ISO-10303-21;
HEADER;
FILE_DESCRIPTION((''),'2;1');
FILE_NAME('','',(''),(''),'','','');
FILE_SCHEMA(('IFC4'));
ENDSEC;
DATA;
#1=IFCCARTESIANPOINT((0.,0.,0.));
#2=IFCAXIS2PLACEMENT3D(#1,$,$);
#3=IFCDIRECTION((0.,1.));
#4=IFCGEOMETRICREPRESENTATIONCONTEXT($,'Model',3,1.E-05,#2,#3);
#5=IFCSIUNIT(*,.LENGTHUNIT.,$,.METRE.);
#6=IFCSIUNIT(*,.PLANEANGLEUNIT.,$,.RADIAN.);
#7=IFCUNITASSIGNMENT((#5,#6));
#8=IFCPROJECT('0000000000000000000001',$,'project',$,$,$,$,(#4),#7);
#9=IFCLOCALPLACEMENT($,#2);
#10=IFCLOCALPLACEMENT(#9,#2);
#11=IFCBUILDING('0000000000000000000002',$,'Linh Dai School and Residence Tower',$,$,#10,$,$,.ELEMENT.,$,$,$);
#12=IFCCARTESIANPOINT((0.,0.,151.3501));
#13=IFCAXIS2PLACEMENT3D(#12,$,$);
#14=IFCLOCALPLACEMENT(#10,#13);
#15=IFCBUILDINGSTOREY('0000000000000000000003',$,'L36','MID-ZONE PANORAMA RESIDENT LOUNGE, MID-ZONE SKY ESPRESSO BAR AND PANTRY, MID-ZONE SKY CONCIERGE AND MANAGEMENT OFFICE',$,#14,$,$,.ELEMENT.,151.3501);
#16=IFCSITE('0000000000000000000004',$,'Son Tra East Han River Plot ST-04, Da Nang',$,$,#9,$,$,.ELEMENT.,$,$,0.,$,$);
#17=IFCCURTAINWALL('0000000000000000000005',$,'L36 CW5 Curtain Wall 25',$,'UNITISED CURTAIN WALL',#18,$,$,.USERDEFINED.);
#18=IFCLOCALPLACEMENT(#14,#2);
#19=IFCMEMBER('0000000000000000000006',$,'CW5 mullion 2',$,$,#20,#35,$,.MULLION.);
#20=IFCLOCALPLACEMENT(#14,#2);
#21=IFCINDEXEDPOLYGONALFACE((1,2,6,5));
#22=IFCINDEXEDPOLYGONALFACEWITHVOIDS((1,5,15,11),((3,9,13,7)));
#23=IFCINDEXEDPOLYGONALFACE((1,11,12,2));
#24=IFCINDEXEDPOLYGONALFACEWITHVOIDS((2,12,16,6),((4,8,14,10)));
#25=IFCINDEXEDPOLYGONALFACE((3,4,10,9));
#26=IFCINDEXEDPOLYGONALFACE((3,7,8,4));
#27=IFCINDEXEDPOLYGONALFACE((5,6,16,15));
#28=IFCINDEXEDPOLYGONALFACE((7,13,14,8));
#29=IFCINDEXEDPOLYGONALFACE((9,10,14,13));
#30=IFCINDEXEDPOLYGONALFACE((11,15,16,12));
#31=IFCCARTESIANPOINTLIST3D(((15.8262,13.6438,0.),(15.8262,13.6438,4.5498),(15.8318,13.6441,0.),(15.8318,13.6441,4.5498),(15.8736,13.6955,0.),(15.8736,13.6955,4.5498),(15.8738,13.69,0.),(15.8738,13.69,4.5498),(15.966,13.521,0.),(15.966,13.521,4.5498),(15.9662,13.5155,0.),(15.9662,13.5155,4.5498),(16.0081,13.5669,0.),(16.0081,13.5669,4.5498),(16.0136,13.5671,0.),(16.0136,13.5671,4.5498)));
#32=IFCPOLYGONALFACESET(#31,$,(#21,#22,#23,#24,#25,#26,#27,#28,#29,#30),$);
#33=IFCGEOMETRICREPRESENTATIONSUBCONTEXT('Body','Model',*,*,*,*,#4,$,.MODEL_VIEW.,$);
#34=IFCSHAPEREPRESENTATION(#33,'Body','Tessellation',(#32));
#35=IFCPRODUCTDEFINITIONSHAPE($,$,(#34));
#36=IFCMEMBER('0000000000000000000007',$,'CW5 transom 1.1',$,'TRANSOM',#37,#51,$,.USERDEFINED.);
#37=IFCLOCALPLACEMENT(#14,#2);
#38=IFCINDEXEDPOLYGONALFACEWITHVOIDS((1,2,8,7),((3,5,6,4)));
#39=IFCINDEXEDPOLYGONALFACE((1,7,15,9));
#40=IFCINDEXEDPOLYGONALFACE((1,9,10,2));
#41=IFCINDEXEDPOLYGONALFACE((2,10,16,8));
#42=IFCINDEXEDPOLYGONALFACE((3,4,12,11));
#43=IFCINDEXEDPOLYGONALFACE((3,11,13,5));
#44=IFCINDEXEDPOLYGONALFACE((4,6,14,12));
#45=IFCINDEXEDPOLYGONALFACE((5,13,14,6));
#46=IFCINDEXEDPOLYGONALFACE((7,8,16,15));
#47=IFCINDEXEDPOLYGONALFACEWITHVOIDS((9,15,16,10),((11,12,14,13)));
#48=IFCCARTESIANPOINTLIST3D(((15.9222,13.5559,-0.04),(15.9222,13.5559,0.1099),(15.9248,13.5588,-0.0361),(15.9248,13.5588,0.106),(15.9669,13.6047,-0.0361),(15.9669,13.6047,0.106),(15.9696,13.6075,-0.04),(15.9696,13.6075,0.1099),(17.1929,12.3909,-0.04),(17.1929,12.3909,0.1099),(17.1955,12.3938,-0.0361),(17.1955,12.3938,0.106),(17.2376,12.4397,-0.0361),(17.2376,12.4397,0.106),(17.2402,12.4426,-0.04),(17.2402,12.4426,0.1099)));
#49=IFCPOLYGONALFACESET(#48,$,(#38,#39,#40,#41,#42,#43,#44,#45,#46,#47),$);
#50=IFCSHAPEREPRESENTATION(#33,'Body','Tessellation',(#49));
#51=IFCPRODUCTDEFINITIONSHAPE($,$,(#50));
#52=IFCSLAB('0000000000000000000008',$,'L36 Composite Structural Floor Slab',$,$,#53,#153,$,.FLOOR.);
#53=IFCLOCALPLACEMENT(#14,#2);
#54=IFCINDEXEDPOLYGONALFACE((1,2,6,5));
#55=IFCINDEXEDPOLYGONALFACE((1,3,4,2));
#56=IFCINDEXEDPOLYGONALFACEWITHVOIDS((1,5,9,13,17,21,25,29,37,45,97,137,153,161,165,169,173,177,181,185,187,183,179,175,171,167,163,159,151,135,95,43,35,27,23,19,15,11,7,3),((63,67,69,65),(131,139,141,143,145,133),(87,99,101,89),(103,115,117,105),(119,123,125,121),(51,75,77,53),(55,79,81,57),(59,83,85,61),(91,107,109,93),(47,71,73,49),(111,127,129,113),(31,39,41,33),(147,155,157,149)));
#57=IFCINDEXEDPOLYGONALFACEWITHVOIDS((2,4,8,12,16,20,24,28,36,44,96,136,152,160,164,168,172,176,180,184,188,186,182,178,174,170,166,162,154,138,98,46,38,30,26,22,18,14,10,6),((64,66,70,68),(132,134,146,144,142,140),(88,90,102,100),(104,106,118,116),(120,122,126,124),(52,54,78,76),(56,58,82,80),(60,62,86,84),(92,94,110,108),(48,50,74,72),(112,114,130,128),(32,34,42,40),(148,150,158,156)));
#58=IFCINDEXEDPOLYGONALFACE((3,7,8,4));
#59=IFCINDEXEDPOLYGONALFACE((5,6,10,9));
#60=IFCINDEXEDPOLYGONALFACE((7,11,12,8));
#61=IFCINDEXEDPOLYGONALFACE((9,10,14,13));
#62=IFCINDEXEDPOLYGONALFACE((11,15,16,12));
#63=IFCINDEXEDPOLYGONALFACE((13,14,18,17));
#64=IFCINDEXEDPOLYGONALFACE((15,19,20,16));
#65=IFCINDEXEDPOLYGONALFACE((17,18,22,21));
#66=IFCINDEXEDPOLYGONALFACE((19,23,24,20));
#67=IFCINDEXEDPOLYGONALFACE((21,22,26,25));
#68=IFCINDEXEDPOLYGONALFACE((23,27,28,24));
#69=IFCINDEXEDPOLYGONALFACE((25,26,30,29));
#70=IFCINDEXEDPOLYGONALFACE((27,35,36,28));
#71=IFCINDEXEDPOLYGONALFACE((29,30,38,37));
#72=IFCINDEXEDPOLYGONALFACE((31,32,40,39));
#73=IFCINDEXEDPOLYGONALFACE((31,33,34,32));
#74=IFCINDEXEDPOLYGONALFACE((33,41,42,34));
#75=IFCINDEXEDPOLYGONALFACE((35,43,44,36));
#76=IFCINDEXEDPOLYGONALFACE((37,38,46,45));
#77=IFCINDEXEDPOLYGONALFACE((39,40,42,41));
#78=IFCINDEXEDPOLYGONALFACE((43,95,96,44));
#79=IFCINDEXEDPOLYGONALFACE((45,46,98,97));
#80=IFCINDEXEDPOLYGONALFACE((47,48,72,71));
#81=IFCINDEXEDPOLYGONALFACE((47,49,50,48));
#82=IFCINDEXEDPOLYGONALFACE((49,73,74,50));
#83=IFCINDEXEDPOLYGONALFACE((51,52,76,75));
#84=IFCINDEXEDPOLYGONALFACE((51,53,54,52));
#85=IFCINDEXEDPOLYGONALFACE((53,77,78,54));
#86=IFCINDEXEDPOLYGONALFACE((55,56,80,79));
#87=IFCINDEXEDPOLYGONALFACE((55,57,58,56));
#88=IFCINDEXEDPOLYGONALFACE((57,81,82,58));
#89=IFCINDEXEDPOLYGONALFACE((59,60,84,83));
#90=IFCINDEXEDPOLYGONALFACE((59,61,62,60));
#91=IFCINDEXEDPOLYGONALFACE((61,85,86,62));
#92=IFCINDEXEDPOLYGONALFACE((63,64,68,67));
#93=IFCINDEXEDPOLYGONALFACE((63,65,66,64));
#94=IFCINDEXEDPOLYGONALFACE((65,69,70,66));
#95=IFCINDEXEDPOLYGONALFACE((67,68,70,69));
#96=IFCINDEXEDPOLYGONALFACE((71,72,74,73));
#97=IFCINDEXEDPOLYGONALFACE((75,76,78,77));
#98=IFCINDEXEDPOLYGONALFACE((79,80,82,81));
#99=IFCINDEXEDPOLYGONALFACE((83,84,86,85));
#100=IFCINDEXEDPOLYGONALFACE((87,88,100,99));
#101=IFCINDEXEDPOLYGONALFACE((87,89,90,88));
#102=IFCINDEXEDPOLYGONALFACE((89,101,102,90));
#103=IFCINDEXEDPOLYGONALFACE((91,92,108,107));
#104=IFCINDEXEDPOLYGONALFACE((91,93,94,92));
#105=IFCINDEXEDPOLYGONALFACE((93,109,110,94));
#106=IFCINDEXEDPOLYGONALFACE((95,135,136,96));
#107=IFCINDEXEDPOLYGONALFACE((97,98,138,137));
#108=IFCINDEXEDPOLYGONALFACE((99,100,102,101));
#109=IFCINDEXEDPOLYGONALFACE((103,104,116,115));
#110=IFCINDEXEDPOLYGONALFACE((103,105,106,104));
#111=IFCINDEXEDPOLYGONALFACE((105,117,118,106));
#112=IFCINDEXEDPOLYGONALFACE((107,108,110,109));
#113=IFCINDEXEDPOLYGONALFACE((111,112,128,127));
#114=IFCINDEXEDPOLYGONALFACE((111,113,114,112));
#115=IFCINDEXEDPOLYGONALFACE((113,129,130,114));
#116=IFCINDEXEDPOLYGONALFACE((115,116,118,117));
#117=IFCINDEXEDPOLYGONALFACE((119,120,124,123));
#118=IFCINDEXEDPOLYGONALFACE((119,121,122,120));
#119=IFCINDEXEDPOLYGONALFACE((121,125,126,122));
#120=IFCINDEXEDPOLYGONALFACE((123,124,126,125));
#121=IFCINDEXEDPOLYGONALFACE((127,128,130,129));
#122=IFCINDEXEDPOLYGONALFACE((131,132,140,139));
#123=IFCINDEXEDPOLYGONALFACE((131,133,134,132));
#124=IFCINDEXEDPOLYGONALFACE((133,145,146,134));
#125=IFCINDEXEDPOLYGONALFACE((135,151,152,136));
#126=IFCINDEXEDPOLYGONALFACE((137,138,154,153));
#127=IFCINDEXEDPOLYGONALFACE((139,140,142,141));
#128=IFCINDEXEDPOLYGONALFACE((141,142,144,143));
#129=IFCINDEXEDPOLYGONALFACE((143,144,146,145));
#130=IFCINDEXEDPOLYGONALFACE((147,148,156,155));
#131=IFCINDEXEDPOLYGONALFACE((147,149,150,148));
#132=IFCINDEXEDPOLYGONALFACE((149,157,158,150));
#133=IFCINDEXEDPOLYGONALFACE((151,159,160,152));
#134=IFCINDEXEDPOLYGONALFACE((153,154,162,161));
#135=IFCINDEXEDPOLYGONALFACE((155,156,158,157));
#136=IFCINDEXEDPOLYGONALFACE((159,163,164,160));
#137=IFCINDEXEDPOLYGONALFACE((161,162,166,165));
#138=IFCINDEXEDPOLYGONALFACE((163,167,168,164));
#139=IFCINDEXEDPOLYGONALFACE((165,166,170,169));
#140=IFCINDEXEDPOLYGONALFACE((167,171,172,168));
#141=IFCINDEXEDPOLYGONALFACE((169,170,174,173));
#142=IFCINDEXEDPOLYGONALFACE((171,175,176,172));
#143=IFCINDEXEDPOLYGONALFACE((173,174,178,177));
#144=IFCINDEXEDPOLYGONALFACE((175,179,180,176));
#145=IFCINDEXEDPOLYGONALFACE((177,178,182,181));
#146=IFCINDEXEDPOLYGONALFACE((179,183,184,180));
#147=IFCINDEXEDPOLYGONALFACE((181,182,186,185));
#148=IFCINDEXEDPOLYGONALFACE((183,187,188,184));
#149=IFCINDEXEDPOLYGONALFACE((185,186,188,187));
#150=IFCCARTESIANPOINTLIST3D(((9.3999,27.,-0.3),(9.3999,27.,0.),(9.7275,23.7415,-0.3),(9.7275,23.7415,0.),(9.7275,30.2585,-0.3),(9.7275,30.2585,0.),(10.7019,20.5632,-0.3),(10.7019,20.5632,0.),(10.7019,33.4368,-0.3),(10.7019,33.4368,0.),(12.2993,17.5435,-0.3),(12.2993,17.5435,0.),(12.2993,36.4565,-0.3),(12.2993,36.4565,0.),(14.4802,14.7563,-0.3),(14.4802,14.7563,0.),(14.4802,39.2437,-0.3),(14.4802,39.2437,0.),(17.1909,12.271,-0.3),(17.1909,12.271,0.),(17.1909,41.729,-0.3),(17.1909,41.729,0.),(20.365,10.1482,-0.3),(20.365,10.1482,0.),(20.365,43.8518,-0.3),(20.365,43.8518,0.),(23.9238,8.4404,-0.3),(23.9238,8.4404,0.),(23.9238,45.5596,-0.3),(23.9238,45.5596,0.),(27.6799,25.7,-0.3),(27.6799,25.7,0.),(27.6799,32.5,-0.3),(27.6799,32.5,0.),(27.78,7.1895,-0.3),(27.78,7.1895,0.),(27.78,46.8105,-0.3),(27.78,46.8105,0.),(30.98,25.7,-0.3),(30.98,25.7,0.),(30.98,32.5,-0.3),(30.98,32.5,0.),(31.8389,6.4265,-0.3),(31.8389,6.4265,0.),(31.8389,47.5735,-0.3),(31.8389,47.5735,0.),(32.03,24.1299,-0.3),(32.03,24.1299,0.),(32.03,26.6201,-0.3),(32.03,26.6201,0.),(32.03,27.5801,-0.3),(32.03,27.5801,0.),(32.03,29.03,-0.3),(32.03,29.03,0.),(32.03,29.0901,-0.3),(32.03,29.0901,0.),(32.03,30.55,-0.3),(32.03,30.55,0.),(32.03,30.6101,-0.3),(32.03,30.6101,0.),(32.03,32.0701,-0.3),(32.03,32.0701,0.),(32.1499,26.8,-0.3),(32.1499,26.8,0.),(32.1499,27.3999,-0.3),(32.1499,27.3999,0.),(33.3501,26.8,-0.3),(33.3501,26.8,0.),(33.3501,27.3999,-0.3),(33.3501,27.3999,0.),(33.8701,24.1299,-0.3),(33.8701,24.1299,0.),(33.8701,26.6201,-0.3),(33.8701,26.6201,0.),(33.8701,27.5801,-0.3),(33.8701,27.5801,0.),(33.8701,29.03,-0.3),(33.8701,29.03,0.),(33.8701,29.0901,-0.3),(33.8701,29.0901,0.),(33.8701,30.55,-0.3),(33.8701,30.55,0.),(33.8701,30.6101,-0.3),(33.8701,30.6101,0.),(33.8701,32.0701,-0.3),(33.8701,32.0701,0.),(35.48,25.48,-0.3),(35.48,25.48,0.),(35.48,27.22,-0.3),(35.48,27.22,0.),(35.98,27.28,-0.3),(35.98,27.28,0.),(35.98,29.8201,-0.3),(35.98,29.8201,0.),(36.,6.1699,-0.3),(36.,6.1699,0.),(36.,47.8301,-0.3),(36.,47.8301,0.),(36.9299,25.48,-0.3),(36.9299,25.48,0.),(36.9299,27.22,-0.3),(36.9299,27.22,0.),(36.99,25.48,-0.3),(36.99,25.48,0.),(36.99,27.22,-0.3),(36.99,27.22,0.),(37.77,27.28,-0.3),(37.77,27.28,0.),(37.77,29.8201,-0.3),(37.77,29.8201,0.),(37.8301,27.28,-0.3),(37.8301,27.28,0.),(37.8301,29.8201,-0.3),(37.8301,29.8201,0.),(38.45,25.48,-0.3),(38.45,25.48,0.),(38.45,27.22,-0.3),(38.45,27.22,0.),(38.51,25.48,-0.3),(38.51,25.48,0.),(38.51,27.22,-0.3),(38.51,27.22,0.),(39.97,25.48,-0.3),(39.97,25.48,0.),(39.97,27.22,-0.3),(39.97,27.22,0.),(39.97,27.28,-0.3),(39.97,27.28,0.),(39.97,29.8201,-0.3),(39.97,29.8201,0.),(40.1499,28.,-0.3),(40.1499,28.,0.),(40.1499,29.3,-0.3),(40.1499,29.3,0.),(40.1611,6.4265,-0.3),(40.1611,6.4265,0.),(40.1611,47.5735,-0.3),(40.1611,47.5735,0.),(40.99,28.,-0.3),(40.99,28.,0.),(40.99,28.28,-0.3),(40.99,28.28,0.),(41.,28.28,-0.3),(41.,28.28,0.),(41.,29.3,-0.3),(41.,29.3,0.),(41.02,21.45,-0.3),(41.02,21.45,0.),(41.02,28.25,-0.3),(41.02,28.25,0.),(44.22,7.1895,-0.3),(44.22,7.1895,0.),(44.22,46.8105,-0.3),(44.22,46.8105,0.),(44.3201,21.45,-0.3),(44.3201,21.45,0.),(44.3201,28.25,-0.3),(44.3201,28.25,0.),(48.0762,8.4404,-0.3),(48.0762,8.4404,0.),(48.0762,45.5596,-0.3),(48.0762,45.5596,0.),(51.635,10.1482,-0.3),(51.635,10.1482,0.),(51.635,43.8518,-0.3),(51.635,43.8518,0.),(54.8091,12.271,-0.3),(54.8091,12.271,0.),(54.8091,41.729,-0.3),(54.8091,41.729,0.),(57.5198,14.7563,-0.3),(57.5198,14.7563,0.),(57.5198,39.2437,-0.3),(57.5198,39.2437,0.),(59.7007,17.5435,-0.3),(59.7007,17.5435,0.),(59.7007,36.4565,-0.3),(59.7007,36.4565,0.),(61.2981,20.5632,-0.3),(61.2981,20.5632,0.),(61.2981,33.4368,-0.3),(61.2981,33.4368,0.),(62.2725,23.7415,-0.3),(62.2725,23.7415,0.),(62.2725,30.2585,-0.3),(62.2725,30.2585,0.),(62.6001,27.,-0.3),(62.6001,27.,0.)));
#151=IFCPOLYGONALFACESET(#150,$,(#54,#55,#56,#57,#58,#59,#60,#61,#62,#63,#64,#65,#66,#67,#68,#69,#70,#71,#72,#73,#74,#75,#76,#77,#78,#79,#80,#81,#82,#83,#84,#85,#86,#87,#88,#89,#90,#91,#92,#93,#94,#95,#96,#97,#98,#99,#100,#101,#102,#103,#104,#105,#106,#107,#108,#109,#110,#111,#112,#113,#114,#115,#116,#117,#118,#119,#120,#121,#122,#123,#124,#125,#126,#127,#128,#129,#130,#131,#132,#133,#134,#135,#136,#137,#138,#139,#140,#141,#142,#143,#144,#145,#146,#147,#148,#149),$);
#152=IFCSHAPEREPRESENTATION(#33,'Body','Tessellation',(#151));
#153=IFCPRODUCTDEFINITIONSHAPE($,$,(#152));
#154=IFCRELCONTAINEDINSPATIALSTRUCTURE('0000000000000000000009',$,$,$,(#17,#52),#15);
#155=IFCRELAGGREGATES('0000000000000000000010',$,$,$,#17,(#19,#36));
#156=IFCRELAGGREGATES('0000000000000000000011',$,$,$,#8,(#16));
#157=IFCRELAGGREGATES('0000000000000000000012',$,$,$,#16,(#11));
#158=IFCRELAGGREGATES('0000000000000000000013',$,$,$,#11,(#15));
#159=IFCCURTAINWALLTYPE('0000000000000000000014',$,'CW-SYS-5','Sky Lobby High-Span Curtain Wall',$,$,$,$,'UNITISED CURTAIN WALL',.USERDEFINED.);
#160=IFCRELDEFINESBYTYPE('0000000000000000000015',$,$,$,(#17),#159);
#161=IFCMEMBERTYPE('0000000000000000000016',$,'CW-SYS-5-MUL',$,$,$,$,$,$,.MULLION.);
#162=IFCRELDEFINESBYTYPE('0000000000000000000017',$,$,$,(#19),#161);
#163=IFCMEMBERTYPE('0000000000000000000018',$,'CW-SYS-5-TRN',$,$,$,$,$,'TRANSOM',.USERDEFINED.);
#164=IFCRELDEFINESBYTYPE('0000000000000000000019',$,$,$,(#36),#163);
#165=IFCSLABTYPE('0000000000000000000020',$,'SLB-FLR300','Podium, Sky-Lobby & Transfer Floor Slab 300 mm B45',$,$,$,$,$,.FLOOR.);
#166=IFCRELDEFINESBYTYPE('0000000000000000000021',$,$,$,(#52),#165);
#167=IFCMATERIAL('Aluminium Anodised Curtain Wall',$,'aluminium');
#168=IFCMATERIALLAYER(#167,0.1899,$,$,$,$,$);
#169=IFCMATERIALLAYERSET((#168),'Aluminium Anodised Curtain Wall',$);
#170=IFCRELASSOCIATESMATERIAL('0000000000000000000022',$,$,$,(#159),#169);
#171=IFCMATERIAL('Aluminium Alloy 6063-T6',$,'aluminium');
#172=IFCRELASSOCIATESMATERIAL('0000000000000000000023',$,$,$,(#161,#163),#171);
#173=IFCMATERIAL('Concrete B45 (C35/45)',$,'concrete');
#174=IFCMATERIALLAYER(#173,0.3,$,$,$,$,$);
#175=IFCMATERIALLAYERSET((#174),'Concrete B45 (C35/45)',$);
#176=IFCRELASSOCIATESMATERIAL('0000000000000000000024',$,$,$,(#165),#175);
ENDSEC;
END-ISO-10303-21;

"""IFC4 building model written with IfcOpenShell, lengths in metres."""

from ifc_helpers import new_model, si_unit, direction, frame, origin, origin_2d, place, context, subcontext, project, spatial, polyline, hollow_rectangle, outline, extrude, source, transform, mapped, material, layer, layer_set, material_profile, profile_set, type_object, element, aggregate, save


model = new_model("IFC4")

# Units and contexts
model_context = context("Model", 3, precision=1e-05, world=origin(), true_north=direction((0.0, 1.0)))
body_context = subcontext(model_context, "Body", "Model", "MODEL_VIEW")
ifc_project = project(units=[si_unit("LENGTHUNIT", "METRE"), si_unit("PLANEANGLEUNIT", "RADIAN")], contexts=[model_context])

# Site, building, storey
site_placement = place(None, origin())
site = spatial("IfcSite", under=ifc_project, at=site_placement, Name="Son Tra East Han River Plot ST-04, Da Nang", CompositionType="ELEMENT", RefElevation=0.0)
building_placement = place(site_placement, origin())
building = spatial("IfcBuilding", under=site, at=building_placement, Name="Linh Dai School and Residence Tower", CompositionType="ELEMENT")
storey_placement = place(building_placement, frame((0.0, 0.0, 151.3501)))
storey = spatial("IfcBuildingStorey", under=building, at=storey_placement, Name="L36", Description="MID-ZONE PANORAMA RESIDENT LOUNGE, MID-ZONE SKY ESPRESSO BAR AND PANTRY, MID-ZONE SKY CONCIERGE AND MANAGEMENT OFFICE", CompositionType="ELEMENT", Elevation=151.3501)

# Curtain wall, members
ifc_material_1 = material(Name="Aluminium Anodised Curtain Wall", Category="aluminium")
ifc_layer_1 = layer(ifc_material_1, 0.1899)
ifc_layer_set_1 = layer_set([ifc_layer_1], Name="Aluminium Anodised Curtain Wall")
curtain_wall_type = type_object("IfcCurtainWallType", Name="CW-SYS-5", Description="Sky Lobby High-Span Curtain Wall", ElementType="UNITISED CURTAIN WALL", PredefinedType="USERDEFINED", material=ifc_layer_set_1)
curtain_wall_placement = place(storey_placement, origin())
curtain_wall = element("IfcCurtainWall", 1, at=curtain_wall_placement, inside=storey, type_object=curtain_wall_type, Name="L36 CW5 Curtain Wall 25", ObjectType="UNITISED CURTAIN WALL", PredefinedType="USERDEFINED")
ifc_material_2 = material(Name="Aluminium Alloy 6063-T6", Category="aluminium")
ifc_material_profile_1 = material_profile(ifc_material_2, hollow_rectangle(XDim=0.0701, YDim=0.1899, WallThickness=0.0039, at=origin_2d()), Name="RHS 190x70x4")
ifc_profile_set_1 = profile_set([ifc_material_profile_1], Name="Aluminium Alloy 6063-T6")
member_type_1 = type_object("IfcMemberType", Name="CW-SYS-5-MUL", PredefinedType="MULLION", material=ifc_profile_set_1)
shared_shape_1 = source(origin(), body_context, "Body", "SweptSolid", [
    extrude(hollow_rectangle(XDim=0.0701, YDim=0.1899, WallThickness=0.0039, at=origin_2d()), origin(), (0.0, 0.0, 1.0), 4.5498),
])
member_1_placement = place(storey_placement, frame((15.9199, 13.6055, 0.0), z_axis=(0.0, 0.0, 1.0), x_axis=(-0.6758, -0.737085, 0.0)))
member_1 = element("IfcMember", 2, at=member_1_placement, type_object=member_type_1, Name="CW5 mullion 2", PredefinedType="MULLION", context=body_context, shape_type="MappedRepresentation", body=[
    mapped(shared_shape_1, transform((0.0, 0.0, 0.0), x_axis=(1.0, 0.0, 0.0), y_axis=(0.0, 1.0, 0.0), z_axis=(0.0, 0.0, 1.0), scale=1.0)),
])
ifc_material_profile_2 = material_profile(ifc_material_2, hollow_rectangle(XDim=0.0701, YDim=0.1499, WallThickness=0.0039, at=origin_2d()), Name="RHS 150x70x4")
ifc_profile_set_2 = profile_set([ifc_material_profile_2], Name="Aluminium Alloy 6063-T6")
member_type_2 = type_object("IfcMemberType", Name="CW-SYS-5-TRN", ElementType="TRANSOM", PredefinedType="USERDEFINED", material=ifc_profile_set_2)
shared_shape_2 = source(origin(), body_context, "Body", "SweptSolid", [
    extrude(hollow_rectangle(XDim=0.0701, YDim=0.1499, WallThickness=0.0039, at=origin_2d()), origin(), (0.0, 0.0, 1.0), 1.7239),
])
member_2_placement = place(storey_placement, frame((17.2166, 12.4167, 0.0349), z_axis=(-0.737101, 0.675782, 0.0), x_axis=(-0.675782, -0.737101, 0.0)))
member_2 = element("IfcMember", 3, at=member_2_placement, type_object=member_type_2, Name="CW5 transom 1.1", ObjectType="TRANSOM", PredefinedType="USERDEFINED", context=body_context, shape_type="MappedRepresentation", body=[
    mapped(shared_shape_2, transform((0.0, 0.0, 0.0), x_axis=(1.0, 0.0, 0.0), y_axis=(0.0, 1.0, 0.0), z_axis=(0.0, 0.0, 1.0), scale=1.0)),
])

# Slab
ifc_material_3 = material(Name="Concrete B45 (C35/45)", Category="concrete")
ifc_layer_2 = layer(ifc_material_3, 0.3)
ifc_layer_set_2 = layer_set([ifc_layer_2], Name="Concrete B45 (C35/45)")
slab_type_1 = type_object("IfcSlabType", Name="SLB-FLR300", Description="Podium, Sky-Lobby & Transfer Floor Slab 300 mm B45", PredefinedType="FLOOR", material=ifc_layer_set_2)
slab_1_placement = place(storey_placement, frame((0.0, 0.0, -0.3)))
element("IfcSlab", 4, at=slab_1_placement, inside=storey, type_object=slab_type_1, Name="L36 Composite Structural Floor Slab", PredefinedType="FLOOR", context=body_context, shape_type="SweptSolid", body=[
    extrude(outline(polyline([(62.6001, 27.0), (62.2725, 30.2585), (61.2981, 33.4368), (59.7007, 36.4565), (57.5198, 39.2437), (54.8091, 41.729), (51.635, 43.8518), (48.0762, 45.5596), (44.22, 46.8105), (40.1611, 47.5735), (36.0, 47.8301), (31.8389, 47.5735), (27.78, 46.8105), (23.9238, 45.5596), (20.365, 43.8518), (17.1909, 41.729), (14.4802, 39.2437), (12.2993, 36.4565), (10.7019, 33.4368), (9.7275, 30.2585), (9.3999, 27.0), (9.7275, 23.7415), (10.7019, 20.5632), (12.2993, 17.5435), (14.4802, 14.7563), (17.1909, 12.271), (20.365, 10.1482), (23.9238, 8.4404), (27.78, 7.1895), (31.8389, 6.4265), (36.0, 6.1699), (40.1611, 6.4265), (44.22, 7.1895), (48.0762, 8.4404), (51.635, 10.1482), (54.8091, 12.271), (57.5198, 14.7563), (59.7007, 17.5435), (61.2981, 20.5632), (62.2725, 23.7415), (62.6001, 27.0)]), holes=[polyline([(30.98, 25.7), (30.98, 32.5), (27.6799, 32.5), (27.6799, 25.7), (30.98, 25.7)]), polyline([(41.02, 28.25), (41.02, 21.45), (44.3201, 21.45), (44.3201, 28.25), (41.02, 28.25)]), polyline([(35.98, 27.28), (37.77, 27.28), (37.77, 29.8201), (35.98, 29.8201), (35.98, 27.28)]), polyline([(32.03, 24.1299), (33.8701, 24.1299), (33.8701, 26.6201), (32.03, 26.6201), (32.03, 24.1299)]), polyline([(37.8301, 27.28), (39.97, 27.28), (39.97, 29.8201), (37.8301, 29.8201), (37.8301, 27.28)]), polyline([(32.03, 27.5801), (33.8701, 27.5801), (33.8701, 29.03), (32.03, 29.03), (32.03, 27.5801)]), polyline([(32.03, 29.0901), (33.8701, 29.0901), (33.8701, 30.55), (32.03, 30.55), (32.03, 29.0901)]), polyline([(32.03, 30.6101), (33.8701, 30.6101), (33.8701, 32.0701), (32.03, 32.0701), (32.03, 30.6101)]), polyline([(35.48, 25.48), (36.9299, 25.48), (36.9299, 27.22), (35.48, 27.22), (35.48, 25.48)]), polyline([(36.99, 25.48), (38.45, 25.48), (38.45, 27.22), (36.99, 27.22), (36.99, 25.48)]), polyline([(38.51, 25.48), (39.97, 25.48), (39.97, 27.22), (38.51, 27.22), (38.51, 25.48)]), polyline([(40.1499, 28.0), (40.1499, 29.3), (41.0, 29.3), (41.0, 28.28), (40.99, 28.28), (40.99, 28.0), (40.1499, 28.0)]), polyline([(32.1499, 26.8), (33.3501, 26.8), (33.3501, 27.3999), (32.1499, 27.3999), (32.1499, 26.8)])]), origin(), (0.0, 0.0, 1.0), 0.3),
])

aggregate(curtain_wall, [member_1, member_2])

save(model, "model.ifc")
